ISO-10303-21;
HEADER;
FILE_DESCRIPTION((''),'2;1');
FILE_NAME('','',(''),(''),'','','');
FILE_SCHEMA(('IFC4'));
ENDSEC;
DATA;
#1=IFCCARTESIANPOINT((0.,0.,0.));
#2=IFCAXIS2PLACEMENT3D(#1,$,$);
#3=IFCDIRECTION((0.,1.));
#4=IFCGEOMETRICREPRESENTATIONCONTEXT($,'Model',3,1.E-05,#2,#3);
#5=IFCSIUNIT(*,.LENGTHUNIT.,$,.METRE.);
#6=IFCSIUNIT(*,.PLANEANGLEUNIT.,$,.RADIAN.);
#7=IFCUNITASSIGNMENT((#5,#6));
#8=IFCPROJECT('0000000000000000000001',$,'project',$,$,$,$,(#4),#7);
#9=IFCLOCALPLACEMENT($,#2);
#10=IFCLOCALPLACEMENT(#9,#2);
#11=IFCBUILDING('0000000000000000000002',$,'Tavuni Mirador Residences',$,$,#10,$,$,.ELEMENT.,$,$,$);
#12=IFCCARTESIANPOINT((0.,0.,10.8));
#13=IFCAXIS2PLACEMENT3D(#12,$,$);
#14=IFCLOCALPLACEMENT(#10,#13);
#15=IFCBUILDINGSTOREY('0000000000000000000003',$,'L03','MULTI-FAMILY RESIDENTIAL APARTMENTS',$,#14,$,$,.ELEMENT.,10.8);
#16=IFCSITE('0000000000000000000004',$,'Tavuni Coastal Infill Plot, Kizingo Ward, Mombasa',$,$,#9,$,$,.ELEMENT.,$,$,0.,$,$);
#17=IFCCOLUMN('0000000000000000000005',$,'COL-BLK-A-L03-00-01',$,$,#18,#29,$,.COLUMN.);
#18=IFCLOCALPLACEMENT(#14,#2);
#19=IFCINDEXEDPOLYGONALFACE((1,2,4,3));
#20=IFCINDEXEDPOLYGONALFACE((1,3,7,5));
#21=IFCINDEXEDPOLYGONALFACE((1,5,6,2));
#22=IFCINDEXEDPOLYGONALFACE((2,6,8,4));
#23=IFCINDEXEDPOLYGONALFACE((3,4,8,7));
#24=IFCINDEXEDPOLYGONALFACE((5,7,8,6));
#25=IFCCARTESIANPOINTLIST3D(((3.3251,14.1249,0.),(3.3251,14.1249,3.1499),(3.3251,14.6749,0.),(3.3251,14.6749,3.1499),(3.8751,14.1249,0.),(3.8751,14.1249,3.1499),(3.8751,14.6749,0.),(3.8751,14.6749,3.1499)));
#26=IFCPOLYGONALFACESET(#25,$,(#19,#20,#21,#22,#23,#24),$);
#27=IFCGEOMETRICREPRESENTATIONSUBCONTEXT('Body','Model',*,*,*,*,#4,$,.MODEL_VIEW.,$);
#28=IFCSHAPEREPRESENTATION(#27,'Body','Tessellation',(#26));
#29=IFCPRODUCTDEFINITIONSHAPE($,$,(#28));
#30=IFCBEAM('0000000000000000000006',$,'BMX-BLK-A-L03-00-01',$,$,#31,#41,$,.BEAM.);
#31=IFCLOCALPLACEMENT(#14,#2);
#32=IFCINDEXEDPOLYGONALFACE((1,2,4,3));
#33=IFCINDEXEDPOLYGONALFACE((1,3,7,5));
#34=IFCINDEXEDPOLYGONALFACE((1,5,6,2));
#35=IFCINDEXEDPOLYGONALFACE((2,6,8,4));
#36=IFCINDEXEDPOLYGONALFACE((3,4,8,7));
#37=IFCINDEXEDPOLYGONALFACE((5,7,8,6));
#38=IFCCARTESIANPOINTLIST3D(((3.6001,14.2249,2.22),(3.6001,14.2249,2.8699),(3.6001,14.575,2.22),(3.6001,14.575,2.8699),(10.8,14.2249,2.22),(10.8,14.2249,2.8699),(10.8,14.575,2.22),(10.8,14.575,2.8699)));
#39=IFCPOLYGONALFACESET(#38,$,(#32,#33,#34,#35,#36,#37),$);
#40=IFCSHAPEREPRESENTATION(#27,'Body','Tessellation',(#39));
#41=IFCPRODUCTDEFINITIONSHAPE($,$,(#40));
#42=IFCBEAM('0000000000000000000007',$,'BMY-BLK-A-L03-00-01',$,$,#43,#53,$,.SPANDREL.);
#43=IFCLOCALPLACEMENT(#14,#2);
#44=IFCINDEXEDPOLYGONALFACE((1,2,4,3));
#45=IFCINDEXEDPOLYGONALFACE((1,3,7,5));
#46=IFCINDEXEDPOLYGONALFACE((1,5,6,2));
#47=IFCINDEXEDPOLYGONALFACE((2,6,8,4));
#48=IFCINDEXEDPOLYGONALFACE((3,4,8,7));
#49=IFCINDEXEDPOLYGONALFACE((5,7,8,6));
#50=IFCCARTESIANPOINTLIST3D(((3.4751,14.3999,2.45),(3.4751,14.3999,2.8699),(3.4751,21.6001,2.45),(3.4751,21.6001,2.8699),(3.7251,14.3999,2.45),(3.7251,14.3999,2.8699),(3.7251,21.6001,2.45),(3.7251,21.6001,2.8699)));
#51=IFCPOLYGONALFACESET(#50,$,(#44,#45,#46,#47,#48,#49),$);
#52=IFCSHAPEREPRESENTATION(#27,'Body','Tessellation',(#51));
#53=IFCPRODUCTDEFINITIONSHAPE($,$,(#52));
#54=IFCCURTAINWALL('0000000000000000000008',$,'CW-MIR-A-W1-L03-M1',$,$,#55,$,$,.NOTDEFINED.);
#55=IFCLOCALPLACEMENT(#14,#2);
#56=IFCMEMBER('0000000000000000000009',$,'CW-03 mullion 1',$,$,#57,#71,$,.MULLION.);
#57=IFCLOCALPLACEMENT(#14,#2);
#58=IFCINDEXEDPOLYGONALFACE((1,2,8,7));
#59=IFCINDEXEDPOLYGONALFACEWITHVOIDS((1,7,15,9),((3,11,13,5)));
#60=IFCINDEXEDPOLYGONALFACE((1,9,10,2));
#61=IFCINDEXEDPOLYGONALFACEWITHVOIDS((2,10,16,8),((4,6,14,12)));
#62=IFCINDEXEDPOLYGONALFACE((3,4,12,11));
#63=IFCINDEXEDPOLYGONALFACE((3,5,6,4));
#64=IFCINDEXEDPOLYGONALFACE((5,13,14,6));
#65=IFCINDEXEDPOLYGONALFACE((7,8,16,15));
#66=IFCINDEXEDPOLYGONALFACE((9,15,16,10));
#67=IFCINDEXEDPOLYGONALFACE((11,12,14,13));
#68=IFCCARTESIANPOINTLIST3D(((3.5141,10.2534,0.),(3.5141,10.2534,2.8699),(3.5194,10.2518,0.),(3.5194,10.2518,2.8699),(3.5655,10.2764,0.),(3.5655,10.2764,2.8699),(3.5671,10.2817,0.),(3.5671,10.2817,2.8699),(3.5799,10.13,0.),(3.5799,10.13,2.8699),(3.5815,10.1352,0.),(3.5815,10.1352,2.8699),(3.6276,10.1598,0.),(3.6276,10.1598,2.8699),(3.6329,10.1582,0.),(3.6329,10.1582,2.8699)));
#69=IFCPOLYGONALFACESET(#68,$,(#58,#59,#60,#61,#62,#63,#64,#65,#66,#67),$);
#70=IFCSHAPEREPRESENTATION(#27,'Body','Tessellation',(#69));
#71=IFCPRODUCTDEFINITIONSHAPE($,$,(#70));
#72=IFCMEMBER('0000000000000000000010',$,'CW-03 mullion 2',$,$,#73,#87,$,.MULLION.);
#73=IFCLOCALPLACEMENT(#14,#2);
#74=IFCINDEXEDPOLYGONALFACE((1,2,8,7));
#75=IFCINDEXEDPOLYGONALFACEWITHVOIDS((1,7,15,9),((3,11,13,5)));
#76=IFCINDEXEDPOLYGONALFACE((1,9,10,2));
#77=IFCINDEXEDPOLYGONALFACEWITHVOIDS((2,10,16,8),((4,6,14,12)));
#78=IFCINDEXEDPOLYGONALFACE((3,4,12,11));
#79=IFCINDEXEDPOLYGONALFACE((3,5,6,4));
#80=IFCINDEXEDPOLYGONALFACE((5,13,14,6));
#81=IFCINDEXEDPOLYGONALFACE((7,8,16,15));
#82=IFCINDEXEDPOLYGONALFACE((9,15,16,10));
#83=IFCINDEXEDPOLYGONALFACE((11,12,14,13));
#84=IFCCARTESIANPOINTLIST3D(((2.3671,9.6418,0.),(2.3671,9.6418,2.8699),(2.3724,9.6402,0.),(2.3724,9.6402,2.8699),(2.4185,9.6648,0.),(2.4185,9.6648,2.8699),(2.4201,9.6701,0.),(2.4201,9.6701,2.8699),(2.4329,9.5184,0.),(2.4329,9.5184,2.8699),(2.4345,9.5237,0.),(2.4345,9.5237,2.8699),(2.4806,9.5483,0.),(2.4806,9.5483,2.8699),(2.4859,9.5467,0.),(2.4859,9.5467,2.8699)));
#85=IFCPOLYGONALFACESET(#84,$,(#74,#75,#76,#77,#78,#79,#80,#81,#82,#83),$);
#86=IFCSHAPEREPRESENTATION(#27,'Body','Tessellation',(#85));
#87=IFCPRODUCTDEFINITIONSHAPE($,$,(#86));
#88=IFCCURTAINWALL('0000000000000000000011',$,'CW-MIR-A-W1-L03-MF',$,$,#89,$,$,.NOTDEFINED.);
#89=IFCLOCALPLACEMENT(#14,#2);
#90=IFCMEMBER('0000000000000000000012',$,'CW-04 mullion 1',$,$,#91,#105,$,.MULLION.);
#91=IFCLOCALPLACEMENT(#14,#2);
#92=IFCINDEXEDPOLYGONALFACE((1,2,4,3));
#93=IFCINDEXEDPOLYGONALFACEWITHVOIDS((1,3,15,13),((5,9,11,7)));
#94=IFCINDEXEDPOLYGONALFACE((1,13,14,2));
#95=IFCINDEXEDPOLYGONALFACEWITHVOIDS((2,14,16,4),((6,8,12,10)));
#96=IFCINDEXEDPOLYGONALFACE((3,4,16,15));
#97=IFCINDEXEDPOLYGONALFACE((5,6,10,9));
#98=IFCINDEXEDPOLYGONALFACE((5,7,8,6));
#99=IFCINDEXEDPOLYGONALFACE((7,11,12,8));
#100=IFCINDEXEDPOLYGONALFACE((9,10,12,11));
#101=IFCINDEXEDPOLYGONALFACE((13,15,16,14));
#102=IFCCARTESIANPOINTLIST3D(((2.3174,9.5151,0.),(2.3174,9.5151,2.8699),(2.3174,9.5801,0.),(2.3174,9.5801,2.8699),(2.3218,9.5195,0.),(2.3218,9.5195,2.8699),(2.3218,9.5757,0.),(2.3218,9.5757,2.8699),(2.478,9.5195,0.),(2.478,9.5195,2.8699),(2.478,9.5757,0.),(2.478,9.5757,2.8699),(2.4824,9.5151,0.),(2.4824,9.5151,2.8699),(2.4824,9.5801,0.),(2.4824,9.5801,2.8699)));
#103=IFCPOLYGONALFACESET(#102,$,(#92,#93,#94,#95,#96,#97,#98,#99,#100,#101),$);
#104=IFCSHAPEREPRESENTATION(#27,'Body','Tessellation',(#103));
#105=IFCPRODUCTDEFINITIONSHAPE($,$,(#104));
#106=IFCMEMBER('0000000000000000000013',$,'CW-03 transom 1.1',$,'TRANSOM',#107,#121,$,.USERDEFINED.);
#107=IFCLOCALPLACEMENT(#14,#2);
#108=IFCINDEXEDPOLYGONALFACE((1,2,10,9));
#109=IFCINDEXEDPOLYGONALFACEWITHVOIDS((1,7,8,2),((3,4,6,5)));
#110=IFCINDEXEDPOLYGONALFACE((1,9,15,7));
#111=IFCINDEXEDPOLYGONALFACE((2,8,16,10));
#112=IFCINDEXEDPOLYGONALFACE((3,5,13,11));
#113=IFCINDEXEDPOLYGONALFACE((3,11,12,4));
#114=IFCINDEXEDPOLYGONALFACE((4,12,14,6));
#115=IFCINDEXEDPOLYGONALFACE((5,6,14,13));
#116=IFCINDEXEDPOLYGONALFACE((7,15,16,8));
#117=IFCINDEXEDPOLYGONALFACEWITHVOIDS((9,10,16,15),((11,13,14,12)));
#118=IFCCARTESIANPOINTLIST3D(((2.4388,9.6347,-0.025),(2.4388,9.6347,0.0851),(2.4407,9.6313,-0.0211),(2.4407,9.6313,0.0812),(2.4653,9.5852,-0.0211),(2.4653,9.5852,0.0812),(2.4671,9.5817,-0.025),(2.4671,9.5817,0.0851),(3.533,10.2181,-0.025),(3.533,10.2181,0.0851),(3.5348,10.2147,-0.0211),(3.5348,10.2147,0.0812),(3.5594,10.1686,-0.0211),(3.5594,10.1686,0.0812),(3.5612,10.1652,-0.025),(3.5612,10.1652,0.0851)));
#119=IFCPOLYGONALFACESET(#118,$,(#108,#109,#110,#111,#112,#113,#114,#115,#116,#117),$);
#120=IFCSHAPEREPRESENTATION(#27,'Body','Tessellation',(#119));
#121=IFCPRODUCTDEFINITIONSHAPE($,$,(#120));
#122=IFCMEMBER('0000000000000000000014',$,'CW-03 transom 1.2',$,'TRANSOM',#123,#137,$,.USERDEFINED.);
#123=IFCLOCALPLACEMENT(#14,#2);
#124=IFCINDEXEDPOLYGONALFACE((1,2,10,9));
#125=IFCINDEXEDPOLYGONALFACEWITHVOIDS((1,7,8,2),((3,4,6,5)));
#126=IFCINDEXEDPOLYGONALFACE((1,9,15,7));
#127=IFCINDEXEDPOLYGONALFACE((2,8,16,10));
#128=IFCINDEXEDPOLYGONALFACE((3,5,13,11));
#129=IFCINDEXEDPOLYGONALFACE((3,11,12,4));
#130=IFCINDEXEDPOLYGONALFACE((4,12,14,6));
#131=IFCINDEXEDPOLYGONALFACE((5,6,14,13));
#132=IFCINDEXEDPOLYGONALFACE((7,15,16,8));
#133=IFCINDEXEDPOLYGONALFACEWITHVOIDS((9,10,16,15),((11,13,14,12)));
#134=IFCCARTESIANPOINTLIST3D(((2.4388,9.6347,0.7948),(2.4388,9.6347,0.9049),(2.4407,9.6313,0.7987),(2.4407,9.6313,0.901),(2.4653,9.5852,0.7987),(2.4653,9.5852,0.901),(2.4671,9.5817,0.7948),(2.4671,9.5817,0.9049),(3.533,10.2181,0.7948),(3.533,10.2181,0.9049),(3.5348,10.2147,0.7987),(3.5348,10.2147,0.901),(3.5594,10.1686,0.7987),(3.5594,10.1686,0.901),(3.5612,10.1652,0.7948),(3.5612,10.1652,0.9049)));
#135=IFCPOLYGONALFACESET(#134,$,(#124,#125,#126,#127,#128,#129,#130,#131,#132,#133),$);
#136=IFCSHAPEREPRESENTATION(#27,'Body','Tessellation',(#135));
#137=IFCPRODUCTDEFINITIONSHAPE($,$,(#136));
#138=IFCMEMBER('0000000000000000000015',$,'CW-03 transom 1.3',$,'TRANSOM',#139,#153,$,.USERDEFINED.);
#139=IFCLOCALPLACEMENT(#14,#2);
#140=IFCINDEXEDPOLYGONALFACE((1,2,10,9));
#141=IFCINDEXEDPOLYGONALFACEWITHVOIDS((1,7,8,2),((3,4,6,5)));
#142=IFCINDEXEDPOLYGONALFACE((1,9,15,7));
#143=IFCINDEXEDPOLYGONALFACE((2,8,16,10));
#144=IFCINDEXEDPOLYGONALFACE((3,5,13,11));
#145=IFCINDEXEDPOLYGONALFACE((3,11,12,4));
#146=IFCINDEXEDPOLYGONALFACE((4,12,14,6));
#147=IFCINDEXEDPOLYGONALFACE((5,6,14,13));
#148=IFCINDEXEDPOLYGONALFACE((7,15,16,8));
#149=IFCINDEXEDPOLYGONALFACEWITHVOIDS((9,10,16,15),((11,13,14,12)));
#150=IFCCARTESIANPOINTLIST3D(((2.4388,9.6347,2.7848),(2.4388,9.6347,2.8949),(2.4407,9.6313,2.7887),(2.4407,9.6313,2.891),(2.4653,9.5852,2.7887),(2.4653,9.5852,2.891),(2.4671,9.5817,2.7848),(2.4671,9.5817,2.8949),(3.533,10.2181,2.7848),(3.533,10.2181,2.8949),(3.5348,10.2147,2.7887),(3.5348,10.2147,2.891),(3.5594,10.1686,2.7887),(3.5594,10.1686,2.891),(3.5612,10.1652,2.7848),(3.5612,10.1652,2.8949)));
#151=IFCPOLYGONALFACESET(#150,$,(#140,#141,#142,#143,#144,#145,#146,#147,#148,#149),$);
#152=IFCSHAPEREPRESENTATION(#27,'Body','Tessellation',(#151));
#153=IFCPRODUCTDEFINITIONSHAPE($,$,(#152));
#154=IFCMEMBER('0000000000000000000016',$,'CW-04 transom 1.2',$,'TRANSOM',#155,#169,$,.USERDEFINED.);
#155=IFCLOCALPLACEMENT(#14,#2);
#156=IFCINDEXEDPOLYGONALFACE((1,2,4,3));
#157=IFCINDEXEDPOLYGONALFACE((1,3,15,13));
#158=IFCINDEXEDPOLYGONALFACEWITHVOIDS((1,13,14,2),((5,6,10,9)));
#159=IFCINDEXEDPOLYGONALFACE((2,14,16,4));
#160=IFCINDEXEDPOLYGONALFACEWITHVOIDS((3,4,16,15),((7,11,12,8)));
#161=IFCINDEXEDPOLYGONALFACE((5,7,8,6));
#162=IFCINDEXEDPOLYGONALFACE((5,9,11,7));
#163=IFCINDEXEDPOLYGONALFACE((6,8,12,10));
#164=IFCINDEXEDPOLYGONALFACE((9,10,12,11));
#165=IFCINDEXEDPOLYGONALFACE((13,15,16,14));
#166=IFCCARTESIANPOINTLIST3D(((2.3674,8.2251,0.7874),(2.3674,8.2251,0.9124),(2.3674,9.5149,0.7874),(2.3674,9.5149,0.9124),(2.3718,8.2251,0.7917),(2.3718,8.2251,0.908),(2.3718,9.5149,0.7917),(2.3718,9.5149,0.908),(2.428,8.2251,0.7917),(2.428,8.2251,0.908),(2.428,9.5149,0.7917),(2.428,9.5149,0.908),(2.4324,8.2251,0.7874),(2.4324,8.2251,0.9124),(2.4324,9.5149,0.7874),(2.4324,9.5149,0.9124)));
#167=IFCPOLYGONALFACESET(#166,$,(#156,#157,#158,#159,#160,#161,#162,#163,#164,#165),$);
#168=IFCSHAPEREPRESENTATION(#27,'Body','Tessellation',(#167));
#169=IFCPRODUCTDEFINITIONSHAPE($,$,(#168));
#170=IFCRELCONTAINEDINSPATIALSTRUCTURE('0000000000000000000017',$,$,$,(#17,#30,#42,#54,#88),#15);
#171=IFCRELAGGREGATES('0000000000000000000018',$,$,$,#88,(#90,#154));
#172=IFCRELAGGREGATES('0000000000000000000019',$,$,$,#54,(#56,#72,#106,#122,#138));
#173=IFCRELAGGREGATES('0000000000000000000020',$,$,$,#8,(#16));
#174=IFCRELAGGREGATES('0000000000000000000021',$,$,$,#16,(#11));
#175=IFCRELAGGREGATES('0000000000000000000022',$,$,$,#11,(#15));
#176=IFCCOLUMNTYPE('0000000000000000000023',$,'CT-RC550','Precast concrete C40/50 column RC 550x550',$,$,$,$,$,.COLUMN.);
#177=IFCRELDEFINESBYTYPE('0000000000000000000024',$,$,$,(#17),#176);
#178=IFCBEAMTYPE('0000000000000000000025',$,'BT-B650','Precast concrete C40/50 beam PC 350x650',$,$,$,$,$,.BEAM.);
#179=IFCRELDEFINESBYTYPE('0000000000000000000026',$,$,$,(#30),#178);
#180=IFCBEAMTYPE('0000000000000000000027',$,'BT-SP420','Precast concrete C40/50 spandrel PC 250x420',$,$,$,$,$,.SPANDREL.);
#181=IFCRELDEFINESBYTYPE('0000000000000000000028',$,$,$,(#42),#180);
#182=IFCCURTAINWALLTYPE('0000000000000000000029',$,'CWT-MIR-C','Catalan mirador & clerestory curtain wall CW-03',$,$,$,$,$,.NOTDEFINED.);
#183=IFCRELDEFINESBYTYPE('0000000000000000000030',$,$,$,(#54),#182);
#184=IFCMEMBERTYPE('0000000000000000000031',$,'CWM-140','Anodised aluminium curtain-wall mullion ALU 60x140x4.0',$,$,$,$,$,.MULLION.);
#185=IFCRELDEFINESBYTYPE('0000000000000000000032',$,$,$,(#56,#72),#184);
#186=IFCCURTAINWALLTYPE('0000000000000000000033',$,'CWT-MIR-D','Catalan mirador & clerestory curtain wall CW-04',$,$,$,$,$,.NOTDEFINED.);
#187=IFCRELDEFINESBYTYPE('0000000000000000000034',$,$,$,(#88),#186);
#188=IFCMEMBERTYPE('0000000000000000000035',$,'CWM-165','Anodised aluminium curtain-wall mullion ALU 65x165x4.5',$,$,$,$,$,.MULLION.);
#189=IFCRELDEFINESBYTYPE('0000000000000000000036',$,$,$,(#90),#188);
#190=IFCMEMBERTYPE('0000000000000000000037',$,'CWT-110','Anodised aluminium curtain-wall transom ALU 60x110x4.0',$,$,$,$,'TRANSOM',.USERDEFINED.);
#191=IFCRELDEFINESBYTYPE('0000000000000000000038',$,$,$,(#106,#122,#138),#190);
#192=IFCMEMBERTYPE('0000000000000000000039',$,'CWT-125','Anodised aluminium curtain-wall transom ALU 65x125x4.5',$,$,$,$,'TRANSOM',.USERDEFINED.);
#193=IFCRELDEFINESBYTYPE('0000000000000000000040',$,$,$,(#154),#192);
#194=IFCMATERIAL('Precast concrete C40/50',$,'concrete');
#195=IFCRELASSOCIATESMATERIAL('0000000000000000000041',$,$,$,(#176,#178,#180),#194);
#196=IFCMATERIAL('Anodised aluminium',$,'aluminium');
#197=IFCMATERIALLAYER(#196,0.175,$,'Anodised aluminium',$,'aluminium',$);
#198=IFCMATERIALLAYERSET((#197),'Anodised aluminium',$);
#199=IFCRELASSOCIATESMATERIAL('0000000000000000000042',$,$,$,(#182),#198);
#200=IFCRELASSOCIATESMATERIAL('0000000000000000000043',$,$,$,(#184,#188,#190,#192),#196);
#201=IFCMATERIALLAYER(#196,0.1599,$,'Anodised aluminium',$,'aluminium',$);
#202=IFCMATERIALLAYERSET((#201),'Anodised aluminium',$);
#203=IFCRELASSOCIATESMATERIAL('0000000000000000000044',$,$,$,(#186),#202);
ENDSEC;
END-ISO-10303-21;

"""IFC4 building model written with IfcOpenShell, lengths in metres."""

from ifc_helpers import new_model, si_unit, direction, frame, origin, origin_2d, place, context, subcontext, project, spatial, rectangle, hollow_rectangle, extrude, material, layer, layer_set, material_profile, profile_set, type_object, element, aggregate, save


model = new_model("IFC4")

# Units and contexts
model_context = context("Model", 3, precision=1e-05, world=origin(), true_north=direction((0.0, 1.0)))
body_context = subcontext(model_context, "Body", "Model", "MODEL_VIEW")
ifc_project = project(units=[si_unit("LENGTHUNIT", "METRE"), si_unit("PLANEANGLEUNIT", "RADIAN")], contexts=[model_context])

# Site, building, storey
site_placement = place(None, origin())
site = spatial("IfcSite", under=ifc_project, at=site_placement, Name="Tavuni Coastal Infill Plot, Kizingo Ward, Mombasa", CompositionType="ELEMENT", RefElevation=0.0)
building_placement = place(site_placement, origin())
building = spatial("IfcBuilding", under=site, at=building_placement, Name="Tavuni Mirador Residences", CompositionType="ELEMENT")
storey_placement = place(building_placement, frame((0.0, 0.0, 10.8)))
storey = spatial("IfcBuildingStorey", under=building, at=storey_placement, Name="L03", Description="MULTI-FAMILY RESIDENTIAL APARTMENTS", CompositionType="ELEMENT", Elevation=10.8)

# Column
ifc_material_1 = material(Name="Precast concrete C40/50", Category="concrete")
ifc_material_profile_1 = material_profile(ifc_material_1, rectangle(XDim=0.55, YDim=0.55, at=origin_2d()), Name="RC 550x550", Category="concrete")
ifc_profile_set_1 = profile_set([ifc_material_profile_1], Name="Precast concrete C40/50")
column_type = type_object("IfcColumnType", Name="CT-RC550", Description="Precast concrete C40/50 column RC 550x550", PredefinedType="COLUMN", material=ifc_profile_set_1)
column_placement = place(storey_placement, frame((3.6001, 14.3999, 0.0), z_axis=(0.0, 0.0, 1.0), x_axis=(1.0, 0.0, 0.0)))
element("IfcColumn", 1, at=column_placement, inside=storey, type_object=column_type, Name="COL-BLK-A-L03-00-01", PredefinedType="COLUMN", context=body_context, shape_type="SweptSolid", body=[
    extrude(rectangle(XDim=0.55, YDim=0.55, at=origin_2d()), origin(), (0.0, 0.0, 1.0), 3.1499),
])

# Beams
ifc_material_profile_2 = material_profile(ifc_material_1, rectangle(XDim=0.3501, YDim=0.6499, at=origin_2d()), Name="PC 350x650", Category="concrete")
ifc_profile_set_2 = profile_set([ifc_material_profile_2], Name="Precast concrete C40/50")
beam_type_1 = type_object("IfcBeamType", Name="BT-B650", Description="Precast concrete C40/50 beam PC 350x650", PredefinedType="BEAM", material=ifc_profile_set_2)
beam_1_placement = place(storey_placement, frame((3.6001, 14.3999, 2.5449), z_axis=(1.0, 0.0, 0.0), x_axis=(0.0, 1.0, 0.0)))
element("IfcBeam", 2, at=beam_1_placement, inside=storey, type_object=beam_type_1, Name="BMX-BLK-A-L03-00-01", PredefinedType="BEAM", context=body_context, shape_type="SweptSolid", body=[
    extrude(rectangle(XDim=0.3501, YDim=0.6499, at=origin_2d()), origin(), (0.0, 0.0, 1.0), 7.2),
])
ifc_material_profile_3 = material_profile(ifc_material_1, rectangle(XDim=0.25, YDim=0.4199, at=origin_2d()), Name="PC 250x420", Category="concrete")
ifc_profile_set_3 = profile_set([ifc_material_profile_3], Name="Precast concrete C40/50")
beam_type_2 = type_object("IfcBeamType", Name="BT-SP420", Description="Precast concrete C40/50 spandrel PC 250x420", PredefinedType="SPANDREL", material=ifc_profile_set_3)
beam_2_placement = place(storey_placement, frame((3.6001, 14.3999, 2.6599), z_axis=(0.0, 1.0, 0.0), x_axis=(-1.0, 0.0, 0.0)))
element("IfcBeam", 3, at=beam_2_placement, inside=storey, type_object=beam_type_2, Name="BMY-BLK-A-L03-00-01", PredefinedType="SPANDREL", context=body_context, shape_type="SweptSolid", body=[
    extrude(rectangle(XDim=0.25, YDim=0.4199, at=origin_2d()), origin(), (0.0, 0.0, 1.0), 7.2002),
])

# Curtain wall, members
ifc_material_2 = material(Name="Anodised aluminium", Category="aluminium")
ifc_layer_1 = layer(ifc_material_2, 0.175, Name="Anodised aluminium", Category="aluminium")
ifc_layer_set_1 = layer_set([ifc_layer_1], Name="Anodised aluminium")
curtain_wall_type_1 = type_object("IfcCurtainWallType", Name="CWT-MIR-C", Description="Catalan mirador & clerestory curtain wall CW-03", PredefinedType="NOTDEFINED", material=ifc_layer_set_1)
curtain_wall_1_placement = place(storey_placement, origin())
curtain_wall_1 = element("IfcCurtainWall", 4, at=curtain_wall_1_placement, inside=storey, type_object=curtain_wall_type_1, Name="CW-MIR-A-W1-L03-M1", PredefinedType="NOTDEFINED")
ifc_material_profile_4 = material_profile(ifc_material_2, hollow_rectangle(XDim=0.0601, YDim=0.1399, WallThickness=0.0039, at=origin_2d()), Name="ALU 60x140x4.0", Category="aluminium")
ifc_profile_set_4 = profile_set([ifc_material_profile_4], Name="Anodised aluminium")
member_type_1 = type_object("IfcMemberType", Name="CWM-140", Description="Anodised aluminium curtain-wall mullion ALU 60x140x4.0", PredefinedType="MULLION", material=ifc_profile_set_4)
member_1_placement = place(storey_placement, frame((3.5735, 10.2058, 0.0), z_axis=(0.0, 0.0, 1.0), x_axis=(-0.882353, -0.470588, 0.0)))
member_1 = element("IfcMember", 5, at=member_1_placement, type_object=member_type_1, Name="CW-03 mullion 1", PredefinedType="MULLION", context=body_context, shape_type="SweptSolid", body=[
    extrude(hollow_rectangle(XDim=0.0601, YDim=0.1399, WallThickness=0.0039, at=origin_2d()), origin(), (0.0, 0.0, 1.0), 2.8699),
])
member_2_placement = place(storey_placement, frame((2.4265, 9.5942, 0.0), z_axis=(0.0, 0.0, 1.0), x_axis=(-0.882353, -0.470588, 0.0)))
member_2 = element("IfcMember", 6, at=member_2_placement, type_object=member_type_1, Name="CW-03 mullion 2", PredefinedType="MULLION", context=body_context, shape_type="SweptSolid", body=[
    extrude(hollow_rectangle(XDim=0.0601, YDim=0.1399, WallThickness=0.0039, at=origin_2d()), origin(), (0.0, 0.0, 1.0), 2.8699),
])

# Curtain wall, member
ifc_layer_2 = layer(ifc_material_2, 0.1599, Name="Anodised aluminium", Category="aluminium")
ifc_layer_set_2 = layer_set([ifc_layer_2], Name="Anodised aluminium")
curtain_wall_type_2 = type_object("IfcCurtainWallType", Name="CWT-MIR-D", Description="Catalan mirador & clerestory curtain wall CW-04", PredefinedType="NOTDEFINED", material=ifc_layer_set_2)
curtain_wall_2_placement = place(storey_placement, origin())
curtain_wall_2 = element("IfcCurtainWall", 7, at=curtain_wall_2_placement, inside=storey, type_object=curtain_wall_type_2, Name="CW-MIR-A-W1-L03-MF", PredefinedType="NOTDEFINED")
ifc_material_profile_5 = material_profile(ifc_material_2, hollow_rectangle(XDim=0.0649, YDim=0.165, WallThickness=0.0044, at=origin_2d()), Name="ALU 65x165x4.5", Category="aluminium")
ifc_profile_set_5 = profile_set([ifc_material_profile_5], Name="Anodised aluminium")
member_type_2 = type_object("IfcMemberType", Name="CWM-165", Description="Anodised aluminium curtain-wall mullion ALU 65x165x4.5", PredefinedType="MULLION", material=ifc_profile_set_5)
member_3_placement = place(storey_placement, frame((2.3999, 9.5476, 0.0), z_axis=(0.0, 0.0, 1.0), x_axis=(0.0, -1.0, 0.0)))
member_3 = element("IfcMember", 8, at=member_3_placement, type_object=member_type_2, Name="CW-04 mullion 1", PredefinedType="MULLION", context=body_context, shape_type="SweptSolid", body=[
    extrude(hollow_rectangle(XDim=0.0649, YDim=0.165, WallThickness=0.0044, at=origin_2d()), origin(), (0.0, 0.0, 1.0), 2.8699),
])

# Members
ifc_material_profile_6 = material_profile(ifc_material_2, hollow_rectangle(XDim=0.0601, YDim=0.1101, WallThickness=0.0039, at=origin_2d()), Name="ALU 60x110x4.0", Category="aluminium")
ifc_profile_set_6 = profile_set([ifc_material_profile_6], Name="Anodised aluminium")
member_type_3 = type_object("IfcMemberType", Name="CWT-110", Description="Anodised aluminium curtain-wall transom ALU 60x110x4.0", ElementType="TRANSOM", PredefinedType="USERDEFINED", material=ifc_profile_set_6)
member_4_placement = place(storey_placement, frame((3.5471, 10.1917, 0.03), z_axis=(-0.882386, -0.470527, 0.0), x_axis=(0.470527, -0.882386, 0.0)))
member_4 = element("IfcMember", 9, at=member_4_placement, type_object=member_type_3, Name="CW-03 transom 1.1", ObjectType="TRANSOM", PredefinedType="USERDEFINED", context=body_context, shape_type="SweptSolid", body=[
    extrude(hollow_rectangle(XDim=0.0601, YDim=0.1101, WallThickness=0.0039, at=origin_2d()), origin(), (0.0, 0.0, 1.0), 1.24),
])
member_5_placement = place(storey_placement, frame((3.5471, 10.1917, 0.8499), z_axis=(-0.882386, -0.470527, 0.0), x_axis=(0.470527, -0.882386, 0.0)))
member_5 = element("IfcMember", 10, at=member_5_placement, type_object=member_type_3, Name="CW-03 transom 1.2", ObjectType="TRANSOM", PredefinedType="USERDEFINED", context=body_context, shape_type="SweptSolid", body=[
    extrude(hollow_rectangle(XDim=0.0601, YDim=0.1101, WallThickness=0.0039, at=origin_2d()), origin(), (0.0, 0.0, 1.0), 1.24),
])
member_6_placement = place(storey_placement, frame((3.5471, 10.1917, 2.8398), z_axis=(-0.882386, -0.470527, 0.0), x_axis=(0.470527, -0.882386, 0.0)))
member_6 = element("IfcMember", 11, at=member_6_placement, type_object=member_type_3, Name="CW-03 transom 1.3", ObjectType="TRANSOM", PredefinedType="USERDEFINED", context=body_context, shape_type="SweptSolid", body=[
    extrude(hollow_rectangle(XDim=0.0601, YDim=0.1101, WallThickness=0.0039, at=origin_2d()), origin(), (0.0, 0.0, 1.0), 1.24),
])
ifc_material_profile_7 = material_profile(ifc_material_2, hollow_rectangle(XDim=0.0649, YDim=0.125, WallThickness=0.0044, at=origin_2d()), Name="ALU 65x125x4.5", Category="aluminium")
ifc_profile_set_7 = profile_set([ifc_material_profile_7], Name="Anodised aluminium")
member_type_4 = type_object("IfcMemberType", Name="CWT-125", Description="Anodised aluminium curtain-wall transom ALU 65x125x4.5", ElementType="TRANSOM", PredefinedType="USERDEFINED", material=ifc_profile_set_7)
member_7_placement = place(storey_placement, frame((2.3999, 9.5149, 0.8499), z_axis=(0.0, -1.0, 0.0), x_axis=(1.0, 0.0, 0.0)))
member_7 = element("IfcMember", 12, at=member_7_placement, type_object=member_type_4, Name="CW-04 transom 1.2", ObjectType="TRANSOM", PredefinedType="USERDEFINED", context=body_context, shape_type="SweptSolid", body=[
    extrude(hollow_rectangle(XDim=0.0649, YDim=0.125, WallThickness=0.0044, at=origin_2d()), origin(), (0.0, 0.0, 1.0), 1.2898),
])
aggregate(curtain_wall_2, [member_3, member_7])

aggregate(curtain_wall_1, [member_1, member_2, member_4, member_5, member_6])

save(model, "model.ifc")
